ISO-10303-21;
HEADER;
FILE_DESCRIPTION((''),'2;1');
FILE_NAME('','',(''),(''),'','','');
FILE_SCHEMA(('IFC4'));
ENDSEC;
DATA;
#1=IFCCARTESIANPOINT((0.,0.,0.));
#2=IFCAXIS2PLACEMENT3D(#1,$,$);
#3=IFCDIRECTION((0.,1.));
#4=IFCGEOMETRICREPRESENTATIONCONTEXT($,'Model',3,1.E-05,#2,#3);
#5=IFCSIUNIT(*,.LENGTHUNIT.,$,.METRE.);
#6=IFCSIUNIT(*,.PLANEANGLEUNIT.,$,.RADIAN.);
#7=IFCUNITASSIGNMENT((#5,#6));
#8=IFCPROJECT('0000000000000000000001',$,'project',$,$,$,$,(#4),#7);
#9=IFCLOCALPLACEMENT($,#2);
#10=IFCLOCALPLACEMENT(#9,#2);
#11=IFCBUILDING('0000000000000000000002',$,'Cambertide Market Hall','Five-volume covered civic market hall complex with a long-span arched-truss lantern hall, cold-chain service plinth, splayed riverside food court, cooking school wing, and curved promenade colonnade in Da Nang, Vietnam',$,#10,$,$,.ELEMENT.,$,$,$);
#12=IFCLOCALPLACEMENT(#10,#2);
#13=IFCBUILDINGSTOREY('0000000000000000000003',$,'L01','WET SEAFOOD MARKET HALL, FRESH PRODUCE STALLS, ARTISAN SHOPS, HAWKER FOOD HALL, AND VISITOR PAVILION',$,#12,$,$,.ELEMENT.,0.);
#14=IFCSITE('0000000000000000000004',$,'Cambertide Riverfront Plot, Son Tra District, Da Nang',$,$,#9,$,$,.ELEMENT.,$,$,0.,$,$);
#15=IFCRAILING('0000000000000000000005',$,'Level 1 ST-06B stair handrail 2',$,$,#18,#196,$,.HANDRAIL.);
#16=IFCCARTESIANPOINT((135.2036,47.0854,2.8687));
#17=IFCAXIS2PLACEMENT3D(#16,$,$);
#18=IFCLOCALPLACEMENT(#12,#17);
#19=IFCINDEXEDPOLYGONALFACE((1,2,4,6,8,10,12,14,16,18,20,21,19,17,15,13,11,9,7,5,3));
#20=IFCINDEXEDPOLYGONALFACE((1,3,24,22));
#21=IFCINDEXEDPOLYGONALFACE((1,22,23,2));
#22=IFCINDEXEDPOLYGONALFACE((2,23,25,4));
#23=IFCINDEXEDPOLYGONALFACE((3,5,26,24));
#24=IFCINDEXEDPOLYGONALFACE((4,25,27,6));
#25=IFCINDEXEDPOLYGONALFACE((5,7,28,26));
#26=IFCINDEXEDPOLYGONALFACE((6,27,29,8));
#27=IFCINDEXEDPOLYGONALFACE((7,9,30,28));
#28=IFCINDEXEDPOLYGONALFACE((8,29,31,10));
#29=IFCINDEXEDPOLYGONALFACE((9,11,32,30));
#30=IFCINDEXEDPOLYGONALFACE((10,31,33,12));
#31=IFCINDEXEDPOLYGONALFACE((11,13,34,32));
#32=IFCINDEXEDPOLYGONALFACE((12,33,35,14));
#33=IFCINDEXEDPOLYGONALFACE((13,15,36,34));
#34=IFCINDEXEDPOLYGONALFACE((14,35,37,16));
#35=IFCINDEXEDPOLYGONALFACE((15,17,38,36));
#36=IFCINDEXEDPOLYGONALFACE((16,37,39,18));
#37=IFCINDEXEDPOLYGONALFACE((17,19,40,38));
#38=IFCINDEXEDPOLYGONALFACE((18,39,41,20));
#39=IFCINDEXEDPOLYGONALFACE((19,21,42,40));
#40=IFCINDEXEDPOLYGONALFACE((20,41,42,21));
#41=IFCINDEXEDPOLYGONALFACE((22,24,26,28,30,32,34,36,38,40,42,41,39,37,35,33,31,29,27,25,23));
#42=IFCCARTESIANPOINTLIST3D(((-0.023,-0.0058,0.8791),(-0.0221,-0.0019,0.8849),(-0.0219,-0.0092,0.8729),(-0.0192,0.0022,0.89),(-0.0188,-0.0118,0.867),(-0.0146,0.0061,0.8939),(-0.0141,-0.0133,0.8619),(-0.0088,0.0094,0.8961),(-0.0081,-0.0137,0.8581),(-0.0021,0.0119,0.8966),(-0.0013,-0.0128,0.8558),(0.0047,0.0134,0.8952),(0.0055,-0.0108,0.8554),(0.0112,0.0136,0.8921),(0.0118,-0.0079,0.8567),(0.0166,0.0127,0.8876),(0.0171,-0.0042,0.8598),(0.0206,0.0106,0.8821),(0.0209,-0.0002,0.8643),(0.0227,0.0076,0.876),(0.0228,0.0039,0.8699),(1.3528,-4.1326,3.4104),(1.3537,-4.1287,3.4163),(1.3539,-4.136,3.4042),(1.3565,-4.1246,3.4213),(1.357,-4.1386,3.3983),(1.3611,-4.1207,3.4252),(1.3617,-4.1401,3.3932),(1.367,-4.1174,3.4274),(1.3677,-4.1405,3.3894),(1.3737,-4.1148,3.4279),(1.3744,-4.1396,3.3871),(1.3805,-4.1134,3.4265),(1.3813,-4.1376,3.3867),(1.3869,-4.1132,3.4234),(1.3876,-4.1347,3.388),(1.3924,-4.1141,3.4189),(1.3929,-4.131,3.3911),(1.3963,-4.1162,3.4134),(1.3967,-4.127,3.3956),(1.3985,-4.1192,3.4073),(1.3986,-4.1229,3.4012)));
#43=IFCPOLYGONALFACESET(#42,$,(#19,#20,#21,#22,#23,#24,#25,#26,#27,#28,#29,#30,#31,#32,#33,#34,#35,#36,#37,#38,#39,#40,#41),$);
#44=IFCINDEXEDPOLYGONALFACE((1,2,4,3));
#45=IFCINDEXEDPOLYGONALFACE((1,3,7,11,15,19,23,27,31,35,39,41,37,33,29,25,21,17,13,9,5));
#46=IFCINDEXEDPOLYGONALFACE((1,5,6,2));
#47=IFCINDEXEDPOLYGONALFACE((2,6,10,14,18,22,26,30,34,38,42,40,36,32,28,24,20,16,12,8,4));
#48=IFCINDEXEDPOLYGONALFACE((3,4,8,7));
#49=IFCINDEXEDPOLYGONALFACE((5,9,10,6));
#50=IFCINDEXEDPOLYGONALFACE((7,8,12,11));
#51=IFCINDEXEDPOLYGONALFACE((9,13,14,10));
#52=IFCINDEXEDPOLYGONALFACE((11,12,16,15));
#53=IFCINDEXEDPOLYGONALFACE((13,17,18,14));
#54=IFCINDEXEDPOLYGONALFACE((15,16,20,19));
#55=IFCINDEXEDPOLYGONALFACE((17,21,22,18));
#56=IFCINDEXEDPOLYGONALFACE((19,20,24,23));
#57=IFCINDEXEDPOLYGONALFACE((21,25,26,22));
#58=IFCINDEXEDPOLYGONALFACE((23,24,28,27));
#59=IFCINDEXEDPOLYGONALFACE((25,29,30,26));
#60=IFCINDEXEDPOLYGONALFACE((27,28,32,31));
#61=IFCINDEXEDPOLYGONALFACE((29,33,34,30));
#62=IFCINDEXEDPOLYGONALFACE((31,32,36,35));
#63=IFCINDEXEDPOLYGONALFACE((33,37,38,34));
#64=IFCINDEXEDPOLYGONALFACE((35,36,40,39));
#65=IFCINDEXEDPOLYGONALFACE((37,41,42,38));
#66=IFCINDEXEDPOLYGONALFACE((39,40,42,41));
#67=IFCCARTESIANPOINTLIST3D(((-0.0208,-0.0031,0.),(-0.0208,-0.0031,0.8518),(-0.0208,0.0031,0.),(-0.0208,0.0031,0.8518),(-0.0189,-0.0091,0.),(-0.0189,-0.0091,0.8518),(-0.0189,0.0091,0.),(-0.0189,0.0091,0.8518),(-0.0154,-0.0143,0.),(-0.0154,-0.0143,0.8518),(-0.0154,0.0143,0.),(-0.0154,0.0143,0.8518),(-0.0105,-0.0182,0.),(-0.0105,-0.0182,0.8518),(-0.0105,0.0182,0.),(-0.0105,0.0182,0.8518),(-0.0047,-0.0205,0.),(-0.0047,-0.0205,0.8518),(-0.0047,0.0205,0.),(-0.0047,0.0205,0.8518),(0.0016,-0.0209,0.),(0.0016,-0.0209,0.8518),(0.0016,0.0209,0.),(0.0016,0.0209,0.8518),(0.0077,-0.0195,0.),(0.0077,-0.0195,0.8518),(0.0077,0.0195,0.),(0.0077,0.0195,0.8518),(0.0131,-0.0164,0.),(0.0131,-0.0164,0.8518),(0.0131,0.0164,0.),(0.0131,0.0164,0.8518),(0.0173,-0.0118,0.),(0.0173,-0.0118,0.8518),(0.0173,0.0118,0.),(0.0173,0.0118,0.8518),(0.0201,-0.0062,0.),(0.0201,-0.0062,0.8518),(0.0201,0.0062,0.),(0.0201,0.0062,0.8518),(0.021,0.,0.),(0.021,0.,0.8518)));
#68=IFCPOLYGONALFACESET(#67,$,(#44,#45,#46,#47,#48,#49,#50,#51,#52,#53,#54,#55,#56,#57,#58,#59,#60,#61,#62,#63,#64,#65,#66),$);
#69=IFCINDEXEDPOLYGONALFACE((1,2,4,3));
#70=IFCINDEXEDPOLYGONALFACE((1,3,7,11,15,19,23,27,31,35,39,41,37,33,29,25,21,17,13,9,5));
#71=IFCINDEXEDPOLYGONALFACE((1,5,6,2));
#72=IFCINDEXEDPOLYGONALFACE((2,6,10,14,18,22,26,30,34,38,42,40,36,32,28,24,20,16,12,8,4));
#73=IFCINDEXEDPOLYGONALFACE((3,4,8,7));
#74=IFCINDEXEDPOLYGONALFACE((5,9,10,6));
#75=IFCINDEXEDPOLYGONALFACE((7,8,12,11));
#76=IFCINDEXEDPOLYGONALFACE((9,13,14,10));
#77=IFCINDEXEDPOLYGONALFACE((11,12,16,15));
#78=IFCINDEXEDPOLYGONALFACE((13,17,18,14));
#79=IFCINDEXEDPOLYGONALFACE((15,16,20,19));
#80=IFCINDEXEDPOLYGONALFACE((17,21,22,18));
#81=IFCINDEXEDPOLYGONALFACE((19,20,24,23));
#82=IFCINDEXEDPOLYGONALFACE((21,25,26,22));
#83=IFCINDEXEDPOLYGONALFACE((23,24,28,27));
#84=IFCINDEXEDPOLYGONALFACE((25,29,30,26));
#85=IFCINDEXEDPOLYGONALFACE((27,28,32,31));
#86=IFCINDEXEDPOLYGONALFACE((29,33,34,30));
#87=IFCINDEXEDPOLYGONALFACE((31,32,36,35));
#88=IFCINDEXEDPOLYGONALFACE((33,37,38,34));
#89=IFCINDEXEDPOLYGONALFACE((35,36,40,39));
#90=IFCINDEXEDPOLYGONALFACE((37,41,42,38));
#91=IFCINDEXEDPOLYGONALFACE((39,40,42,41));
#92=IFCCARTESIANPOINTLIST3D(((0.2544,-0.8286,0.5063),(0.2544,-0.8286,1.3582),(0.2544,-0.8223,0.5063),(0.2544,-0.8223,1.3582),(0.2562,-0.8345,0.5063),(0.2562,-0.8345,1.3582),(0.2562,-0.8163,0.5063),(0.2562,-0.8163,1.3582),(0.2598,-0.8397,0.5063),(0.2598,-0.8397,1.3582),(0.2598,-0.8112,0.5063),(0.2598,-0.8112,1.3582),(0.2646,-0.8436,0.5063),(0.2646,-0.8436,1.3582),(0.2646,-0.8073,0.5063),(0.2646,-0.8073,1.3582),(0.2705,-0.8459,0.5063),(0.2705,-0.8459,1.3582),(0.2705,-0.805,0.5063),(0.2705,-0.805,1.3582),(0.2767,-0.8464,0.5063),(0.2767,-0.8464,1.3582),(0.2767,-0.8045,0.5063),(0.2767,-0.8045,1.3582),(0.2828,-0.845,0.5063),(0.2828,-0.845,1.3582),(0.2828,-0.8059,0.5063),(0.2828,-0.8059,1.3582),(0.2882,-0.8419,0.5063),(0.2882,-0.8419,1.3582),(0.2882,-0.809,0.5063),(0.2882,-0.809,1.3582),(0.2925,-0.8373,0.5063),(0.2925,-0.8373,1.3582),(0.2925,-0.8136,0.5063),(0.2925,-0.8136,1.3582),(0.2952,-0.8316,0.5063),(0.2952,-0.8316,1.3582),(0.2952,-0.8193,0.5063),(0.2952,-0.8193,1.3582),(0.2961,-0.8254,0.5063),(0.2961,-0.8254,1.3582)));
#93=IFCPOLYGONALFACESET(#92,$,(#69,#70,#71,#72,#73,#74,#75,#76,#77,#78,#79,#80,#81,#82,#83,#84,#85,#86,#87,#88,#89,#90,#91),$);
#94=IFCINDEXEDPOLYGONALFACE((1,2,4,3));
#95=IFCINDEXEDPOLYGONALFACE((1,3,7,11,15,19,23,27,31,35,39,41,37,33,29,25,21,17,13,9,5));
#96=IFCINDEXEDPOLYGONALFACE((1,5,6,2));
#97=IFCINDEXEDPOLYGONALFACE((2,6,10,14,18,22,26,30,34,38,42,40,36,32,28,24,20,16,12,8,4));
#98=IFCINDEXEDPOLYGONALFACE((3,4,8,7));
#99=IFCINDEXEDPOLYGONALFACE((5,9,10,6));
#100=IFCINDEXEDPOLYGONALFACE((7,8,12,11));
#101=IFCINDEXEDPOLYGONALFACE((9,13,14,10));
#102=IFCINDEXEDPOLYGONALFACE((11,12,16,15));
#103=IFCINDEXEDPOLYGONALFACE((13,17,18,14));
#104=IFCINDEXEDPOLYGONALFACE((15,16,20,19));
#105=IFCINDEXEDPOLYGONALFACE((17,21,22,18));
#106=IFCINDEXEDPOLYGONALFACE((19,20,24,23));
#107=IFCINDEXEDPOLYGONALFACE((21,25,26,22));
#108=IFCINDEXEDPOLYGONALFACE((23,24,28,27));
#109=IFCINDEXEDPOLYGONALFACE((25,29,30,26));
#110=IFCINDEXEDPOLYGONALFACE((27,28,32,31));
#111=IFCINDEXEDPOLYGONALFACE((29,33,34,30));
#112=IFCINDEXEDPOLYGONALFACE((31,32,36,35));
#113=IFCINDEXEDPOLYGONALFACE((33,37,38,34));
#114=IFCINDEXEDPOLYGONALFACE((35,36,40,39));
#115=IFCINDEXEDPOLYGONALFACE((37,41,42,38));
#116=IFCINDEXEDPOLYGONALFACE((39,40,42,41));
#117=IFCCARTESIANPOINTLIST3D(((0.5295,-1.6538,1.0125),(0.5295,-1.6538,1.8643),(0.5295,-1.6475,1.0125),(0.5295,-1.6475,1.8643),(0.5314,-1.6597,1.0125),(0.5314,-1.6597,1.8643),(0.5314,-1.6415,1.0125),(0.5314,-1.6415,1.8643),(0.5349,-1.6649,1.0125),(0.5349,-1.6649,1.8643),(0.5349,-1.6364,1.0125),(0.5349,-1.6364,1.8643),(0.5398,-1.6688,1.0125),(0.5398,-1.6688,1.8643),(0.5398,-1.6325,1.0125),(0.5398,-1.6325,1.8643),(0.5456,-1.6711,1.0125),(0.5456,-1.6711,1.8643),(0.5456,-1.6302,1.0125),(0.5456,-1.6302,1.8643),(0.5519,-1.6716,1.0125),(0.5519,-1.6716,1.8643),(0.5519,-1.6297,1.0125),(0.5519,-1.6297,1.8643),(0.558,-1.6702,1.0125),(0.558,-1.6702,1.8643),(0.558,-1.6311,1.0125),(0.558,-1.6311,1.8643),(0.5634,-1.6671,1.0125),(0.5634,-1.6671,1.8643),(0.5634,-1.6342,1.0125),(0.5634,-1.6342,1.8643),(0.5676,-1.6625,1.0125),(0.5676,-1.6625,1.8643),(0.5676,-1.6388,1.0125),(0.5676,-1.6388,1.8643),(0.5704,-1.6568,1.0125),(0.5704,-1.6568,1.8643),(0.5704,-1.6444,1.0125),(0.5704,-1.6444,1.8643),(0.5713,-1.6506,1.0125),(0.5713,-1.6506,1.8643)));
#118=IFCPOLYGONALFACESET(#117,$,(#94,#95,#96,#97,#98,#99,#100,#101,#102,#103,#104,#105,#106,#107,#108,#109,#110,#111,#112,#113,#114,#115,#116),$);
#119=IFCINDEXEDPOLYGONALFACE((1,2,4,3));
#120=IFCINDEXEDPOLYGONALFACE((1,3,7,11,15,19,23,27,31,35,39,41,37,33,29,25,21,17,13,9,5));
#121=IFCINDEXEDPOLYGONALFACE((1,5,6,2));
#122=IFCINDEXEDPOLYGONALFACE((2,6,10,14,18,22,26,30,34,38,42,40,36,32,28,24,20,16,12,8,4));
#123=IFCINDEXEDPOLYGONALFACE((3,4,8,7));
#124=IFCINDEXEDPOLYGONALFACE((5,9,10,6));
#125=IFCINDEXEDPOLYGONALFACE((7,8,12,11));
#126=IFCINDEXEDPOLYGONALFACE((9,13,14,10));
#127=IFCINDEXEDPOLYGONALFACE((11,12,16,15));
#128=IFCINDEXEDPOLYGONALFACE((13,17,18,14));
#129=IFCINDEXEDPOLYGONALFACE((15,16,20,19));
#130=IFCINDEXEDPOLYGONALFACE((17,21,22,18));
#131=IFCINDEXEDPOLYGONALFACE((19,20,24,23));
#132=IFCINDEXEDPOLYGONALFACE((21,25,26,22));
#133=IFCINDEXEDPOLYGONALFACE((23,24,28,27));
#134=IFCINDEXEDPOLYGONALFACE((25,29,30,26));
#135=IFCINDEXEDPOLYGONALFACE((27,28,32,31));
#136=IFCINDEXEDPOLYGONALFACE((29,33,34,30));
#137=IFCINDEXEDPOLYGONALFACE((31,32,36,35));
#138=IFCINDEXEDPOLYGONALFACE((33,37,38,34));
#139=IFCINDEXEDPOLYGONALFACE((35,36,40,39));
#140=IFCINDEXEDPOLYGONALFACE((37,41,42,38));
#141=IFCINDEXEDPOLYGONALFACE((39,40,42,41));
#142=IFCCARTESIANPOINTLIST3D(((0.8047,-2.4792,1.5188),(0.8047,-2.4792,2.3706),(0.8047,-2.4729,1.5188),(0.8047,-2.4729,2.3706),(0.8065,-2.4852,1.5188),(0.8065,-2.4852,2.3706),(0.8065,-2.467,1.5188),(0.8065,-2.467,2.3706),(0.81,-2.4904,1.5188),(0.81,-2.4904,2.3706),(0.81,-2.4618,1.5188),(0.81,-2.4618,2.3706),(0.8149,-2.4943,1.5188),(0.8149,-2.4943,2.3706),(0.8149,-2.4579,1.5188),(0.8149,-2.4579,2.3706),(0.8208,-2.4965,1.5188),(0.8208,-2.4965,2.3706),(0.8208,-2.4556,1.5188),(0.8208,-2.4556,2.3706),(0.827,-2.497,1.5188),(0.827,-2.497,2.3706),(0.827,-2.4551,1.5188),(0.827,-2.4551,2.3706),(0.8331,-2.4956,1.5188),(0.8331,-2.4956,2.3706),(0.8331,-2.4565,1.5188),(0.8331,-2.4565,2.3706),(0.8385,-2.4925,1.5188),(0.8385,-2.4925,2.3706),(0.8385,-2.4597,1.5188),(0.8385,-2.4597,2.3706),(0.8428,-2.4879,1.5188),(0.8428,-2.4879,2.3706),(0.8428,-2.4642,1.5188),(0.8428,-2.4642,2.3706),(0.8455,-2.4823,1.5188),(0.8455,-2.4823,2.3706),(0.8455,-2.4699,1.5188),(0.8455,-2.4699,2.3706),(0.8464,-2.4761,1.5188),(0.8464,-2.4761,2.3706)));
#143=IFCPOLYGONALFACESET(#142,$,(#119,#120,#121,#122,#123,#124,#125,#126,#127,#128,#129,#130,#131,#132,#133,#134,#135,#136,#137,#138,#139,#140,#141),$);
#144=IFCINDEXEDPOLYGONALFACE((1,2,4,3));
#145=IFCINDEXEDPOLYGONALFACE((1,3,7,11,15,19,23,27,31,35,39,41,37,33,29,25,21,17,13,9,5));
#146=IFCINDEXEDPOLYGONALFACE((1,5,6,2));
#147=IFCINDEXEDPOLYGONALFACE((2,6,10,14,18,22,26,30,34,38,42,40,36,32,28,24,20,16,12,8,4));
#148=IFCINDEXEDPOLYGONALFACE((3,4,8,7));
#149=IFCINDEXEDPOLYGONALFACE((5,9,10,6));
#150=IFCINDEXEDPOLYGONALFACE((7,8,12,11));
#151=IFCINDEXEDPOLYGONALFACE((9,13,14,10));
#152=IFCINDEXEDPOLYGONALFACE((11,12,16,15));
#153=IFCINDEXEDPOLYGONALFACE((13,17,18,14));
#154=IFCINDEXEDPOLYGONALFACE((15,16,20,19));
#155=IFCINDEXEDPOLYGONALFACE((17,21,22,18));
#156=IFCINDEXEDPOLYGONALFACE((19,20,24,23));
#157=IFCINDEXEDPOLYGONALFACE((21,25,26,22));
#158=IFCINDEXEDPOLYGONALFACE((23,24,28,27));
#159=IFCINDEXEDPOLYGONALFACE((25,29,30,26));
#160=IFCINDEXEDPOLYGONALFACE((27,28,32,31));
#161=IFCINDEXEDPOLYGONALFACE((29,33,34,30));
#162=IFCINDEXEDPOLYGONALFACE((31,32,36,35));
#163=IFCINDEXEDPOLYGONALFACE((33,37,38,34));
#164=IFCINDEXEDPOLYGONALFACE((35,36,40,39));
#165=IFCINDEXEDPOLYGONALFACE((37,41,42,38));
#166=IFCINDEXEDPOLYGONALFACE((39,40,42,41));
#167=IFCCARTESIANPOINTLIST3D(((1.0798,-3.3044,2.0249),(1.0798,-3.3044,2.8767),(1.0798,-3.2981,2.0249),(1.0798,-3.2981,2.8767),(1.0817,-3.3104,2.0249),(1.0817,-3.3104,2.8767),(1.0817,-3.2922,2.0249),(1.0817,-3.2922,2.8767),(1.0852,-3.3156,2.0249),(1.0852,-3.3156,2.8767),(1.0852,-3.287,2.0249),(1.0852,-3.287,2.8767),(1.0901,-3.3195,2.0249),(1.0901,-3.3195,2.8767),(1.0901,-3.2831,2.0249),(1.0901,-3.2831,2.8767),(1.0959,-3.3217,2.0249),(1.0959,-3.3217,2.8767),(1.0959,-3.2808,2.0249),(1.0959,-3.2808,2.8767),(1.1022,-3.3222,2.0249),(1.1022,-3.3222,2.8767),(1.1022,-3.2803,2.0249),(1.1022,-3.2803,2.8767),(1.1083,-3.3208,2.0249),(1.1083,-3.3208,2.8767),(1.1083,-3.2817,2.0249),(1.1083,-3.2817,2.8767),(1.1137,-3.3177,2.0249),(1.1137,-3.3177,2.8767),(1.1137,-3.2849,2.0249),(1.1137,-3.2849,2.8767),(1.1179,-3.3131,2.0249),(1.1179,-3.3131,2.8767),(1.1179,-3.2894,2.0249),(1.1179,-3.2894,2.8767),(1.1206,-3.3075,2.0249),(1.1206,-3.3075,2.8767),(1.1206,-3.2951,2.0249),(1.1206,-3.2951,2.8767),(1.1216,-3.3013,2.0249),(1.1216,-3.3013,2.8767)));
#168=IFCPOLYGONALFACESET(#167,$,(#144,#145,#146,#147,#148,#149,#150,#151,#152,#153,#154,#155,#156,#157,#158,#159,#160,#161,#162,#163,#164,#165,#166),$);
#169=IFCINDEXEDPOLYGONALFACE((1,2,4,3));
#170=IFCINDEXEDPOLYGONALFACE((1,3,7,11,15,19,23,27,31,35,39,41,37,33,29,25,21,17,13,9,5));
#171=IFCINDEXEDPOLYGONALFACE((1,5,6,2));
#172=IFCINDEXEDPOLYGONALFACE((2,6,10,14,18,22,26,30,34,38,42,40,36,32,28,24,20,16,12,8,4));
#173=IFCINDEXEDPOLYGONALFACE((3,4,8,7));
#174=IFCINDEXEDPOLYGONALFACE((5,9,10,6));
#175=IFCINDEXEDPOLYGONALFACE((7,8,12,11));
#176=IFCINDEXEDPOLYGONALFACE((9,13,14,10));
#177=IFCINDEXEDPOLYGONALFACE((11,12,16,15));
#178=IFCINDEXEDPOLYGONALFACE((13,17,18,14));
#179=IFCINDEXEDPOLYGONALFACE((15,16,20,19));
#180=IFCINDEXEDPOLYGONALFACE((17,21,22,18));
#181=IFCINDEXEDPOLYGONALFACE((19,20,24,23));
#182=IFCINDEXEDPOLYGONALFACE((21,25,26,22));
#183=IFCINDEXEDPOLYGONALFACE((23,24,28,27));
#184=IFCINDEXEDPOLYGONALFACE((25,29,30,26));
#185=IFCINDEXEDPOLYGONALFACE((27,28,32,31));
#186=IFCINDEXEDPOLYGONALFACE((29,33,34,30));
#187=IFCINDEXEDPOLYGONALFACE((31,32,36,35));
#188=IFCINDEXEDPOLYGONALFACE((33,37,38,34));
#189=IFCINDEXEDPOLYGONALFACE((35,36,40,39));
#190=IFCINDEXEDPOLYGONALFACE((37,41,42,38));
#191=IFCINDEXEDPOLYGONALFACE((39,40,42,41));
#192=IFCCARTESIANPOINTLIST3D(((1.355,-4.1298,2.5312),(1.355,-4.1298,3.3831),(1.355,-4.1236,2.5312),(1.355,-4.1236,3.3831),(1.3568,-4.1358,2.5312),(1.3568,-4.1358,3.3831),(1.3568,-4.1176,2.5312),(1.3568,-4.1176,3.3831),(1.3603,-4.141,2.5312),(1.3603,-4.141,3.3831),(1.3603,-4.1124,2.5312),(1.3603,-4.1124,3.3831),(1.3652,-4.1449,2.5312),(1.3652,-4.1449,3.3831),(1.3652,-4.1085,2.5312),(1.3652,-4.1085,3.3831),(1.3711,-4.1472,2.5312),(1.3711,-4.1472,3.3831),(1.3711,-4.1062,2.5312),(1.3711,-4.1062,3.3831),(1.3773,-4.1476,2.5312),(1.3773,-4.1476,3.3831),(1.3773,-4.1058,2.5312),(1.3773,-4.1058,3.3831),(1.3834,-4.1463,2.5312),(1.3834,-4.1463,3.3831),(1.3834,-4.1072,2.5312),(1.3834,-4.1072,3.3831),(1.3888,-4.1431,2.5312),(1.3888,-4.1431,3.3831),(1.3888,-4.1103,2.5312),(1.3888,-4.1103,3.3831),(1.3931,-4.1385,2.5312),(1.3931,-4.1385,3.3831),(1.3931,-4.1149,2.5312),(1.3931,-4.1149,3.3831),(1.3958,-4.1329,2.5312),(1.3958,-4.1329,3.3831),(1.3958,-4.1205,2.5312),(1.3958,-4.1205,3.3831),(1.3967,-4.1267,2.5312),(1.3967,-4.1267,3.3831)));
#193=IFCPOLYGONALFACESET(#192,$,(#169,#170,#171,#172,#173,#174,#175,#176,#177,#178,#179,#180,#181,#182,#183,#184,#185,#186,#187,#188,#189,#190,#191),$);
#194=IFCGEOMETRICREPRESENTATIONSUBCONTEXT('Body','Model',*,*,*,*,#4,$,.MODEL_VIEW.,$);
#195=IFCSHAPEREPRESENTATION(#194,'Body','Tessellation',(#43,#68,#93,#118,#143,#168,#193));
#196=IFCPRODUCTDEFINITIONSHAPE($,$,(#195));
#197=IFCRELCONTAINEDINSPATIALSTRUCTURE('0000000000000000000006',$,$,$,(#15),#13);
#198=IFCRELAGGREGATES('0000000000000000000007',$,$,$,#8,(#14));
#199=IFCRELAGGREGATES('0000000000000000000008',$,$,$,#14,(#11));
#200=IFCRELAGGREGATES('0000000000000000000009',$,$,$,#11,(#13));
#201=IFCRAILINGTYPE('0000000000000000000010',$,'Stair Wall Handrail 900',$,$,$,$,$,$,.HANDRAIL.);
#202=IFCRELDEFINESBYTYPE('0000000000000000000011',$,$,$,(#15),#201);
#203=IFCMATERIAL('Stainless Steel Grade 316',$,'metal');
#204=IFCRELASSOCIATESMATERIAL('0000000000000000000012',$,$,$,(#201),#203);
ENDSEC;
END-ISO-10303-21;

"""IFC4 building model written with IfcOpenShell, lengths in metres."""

from ifc_helpers import new_model, si_unit, direction, frame, origin, origin_2d, place, context, subcontext, project, spatial, circle, extrude, material, type_object, element, save


model = new_model("IFC4")

# Units and contexts
model_context = context("Model", 3, precision=1e-05, world=origin(), true_north=direction((0.0, 1.0)))
body_context = subcontext(model_context, "Body", "Model", "MODEL_VIEW")
ifc_project = project(units=[si_unit("LENGTHUNIT", "METRE"), si_unit("PLANEANGLEUNIT", "RADIAN")], contexts=[model_context])

# Site, building, storey
site_placement = place(None, origin())
site = spatial("IfcSite", under=ifc_project, at=site_placement, Name="Cambertide Riverfront Plot, Son Tra District, Da Nang", CompositionType="ELEMENT", RefElevation=0.0)
building_placement = place(site_placement, origin())
building = spatial("IfcBuilding", under=site, at=building_placement, Name="Cambertide Market Hall", Description="Five-volume covered civic market hall complex with a long-span arched-truss lantern hall, cold-chain service plinth, splayed riverside food court, cooking school wing, and curved promenade colonnade in Da Nang, Vietnam", CompositionType="ELEMENT")
storey_placement = place(building_placement, origin())
storey = spatial("IfcBuildingStorey", under=building, at=storey_placement, Name="L01", Description="WET SEAFOOD MARKET HALL, FRESH PRODUCE STALLS, ARTISAN SHOPS, HAWKER FOOD HALL, AND VISITOR PAVILION", CompositionType="ELEMENT", Elevation=0.0)

# Railing
ifc_material_1 = material(Name="Stainless Steel Grade 316", Category="metal")
railing_type_1 = type_object("IfcRailingType", Name="Stair Wall Handrail 900", PredefinedType="HANDRAIL", material=ifc_material_1)
railing_1_placement = place(storey_placement, frame((135.2036, 47.0854, 2.8687)))
element("IfcRailing", 1, at=railing_1_placement, inside=storey, type_object=railing_type_1, Name="Level 1 ST-06B stair handrail 2", PredefinedType="HANDRAIL", context=body_context, shape_type="SweptSolid", body=[
    extrude(circle(Radius=0.0239, at=origin_2d()), frame((0.0, 0.0, 0.876), z_axis=(0.27335, -0.819954, 0.502946), x_axis=(0.948672, 0.316261, 0.0)), (0.0, 0.0, 1.0), 5.033),
    extrude(circle(Radius=0.021, at=origin_2d()), origin(), (0.0, 0.0, 1.0), 0.8518),
    extrude(circle(Radius=0.021, at=origin_2d()), frame((0.2751, -0.8254, 0.5063)), (0.0, 0.0, 1.0), 0.8518),
    extrude(circle(Radius=0.021, at=origin_2d()), frame((0.5503, -1.6506, 1.0125)), (0.0, 0.0, 1.0), 0.8518),
    extrude(circle(Radius=0.021, at=origin_2d()), frame((0.8254, -2.4761, 1.5188)), (0.0, 0.0, 1.0), 0.8518),
    extrude(circle(Radius=0.021, at=origin_2d()), frame((1.1006, -3.3013, 2.0249)), (0.0, 0.0, 1.0), 0.8518),
    extrude(circle(Radius=0.021, at=origin_2d()), frame((1.3757, -4.1267, 2.5312)), (0.0, 0.0, 1.0), 0.8518),
])

save(model, "model.ifc")
